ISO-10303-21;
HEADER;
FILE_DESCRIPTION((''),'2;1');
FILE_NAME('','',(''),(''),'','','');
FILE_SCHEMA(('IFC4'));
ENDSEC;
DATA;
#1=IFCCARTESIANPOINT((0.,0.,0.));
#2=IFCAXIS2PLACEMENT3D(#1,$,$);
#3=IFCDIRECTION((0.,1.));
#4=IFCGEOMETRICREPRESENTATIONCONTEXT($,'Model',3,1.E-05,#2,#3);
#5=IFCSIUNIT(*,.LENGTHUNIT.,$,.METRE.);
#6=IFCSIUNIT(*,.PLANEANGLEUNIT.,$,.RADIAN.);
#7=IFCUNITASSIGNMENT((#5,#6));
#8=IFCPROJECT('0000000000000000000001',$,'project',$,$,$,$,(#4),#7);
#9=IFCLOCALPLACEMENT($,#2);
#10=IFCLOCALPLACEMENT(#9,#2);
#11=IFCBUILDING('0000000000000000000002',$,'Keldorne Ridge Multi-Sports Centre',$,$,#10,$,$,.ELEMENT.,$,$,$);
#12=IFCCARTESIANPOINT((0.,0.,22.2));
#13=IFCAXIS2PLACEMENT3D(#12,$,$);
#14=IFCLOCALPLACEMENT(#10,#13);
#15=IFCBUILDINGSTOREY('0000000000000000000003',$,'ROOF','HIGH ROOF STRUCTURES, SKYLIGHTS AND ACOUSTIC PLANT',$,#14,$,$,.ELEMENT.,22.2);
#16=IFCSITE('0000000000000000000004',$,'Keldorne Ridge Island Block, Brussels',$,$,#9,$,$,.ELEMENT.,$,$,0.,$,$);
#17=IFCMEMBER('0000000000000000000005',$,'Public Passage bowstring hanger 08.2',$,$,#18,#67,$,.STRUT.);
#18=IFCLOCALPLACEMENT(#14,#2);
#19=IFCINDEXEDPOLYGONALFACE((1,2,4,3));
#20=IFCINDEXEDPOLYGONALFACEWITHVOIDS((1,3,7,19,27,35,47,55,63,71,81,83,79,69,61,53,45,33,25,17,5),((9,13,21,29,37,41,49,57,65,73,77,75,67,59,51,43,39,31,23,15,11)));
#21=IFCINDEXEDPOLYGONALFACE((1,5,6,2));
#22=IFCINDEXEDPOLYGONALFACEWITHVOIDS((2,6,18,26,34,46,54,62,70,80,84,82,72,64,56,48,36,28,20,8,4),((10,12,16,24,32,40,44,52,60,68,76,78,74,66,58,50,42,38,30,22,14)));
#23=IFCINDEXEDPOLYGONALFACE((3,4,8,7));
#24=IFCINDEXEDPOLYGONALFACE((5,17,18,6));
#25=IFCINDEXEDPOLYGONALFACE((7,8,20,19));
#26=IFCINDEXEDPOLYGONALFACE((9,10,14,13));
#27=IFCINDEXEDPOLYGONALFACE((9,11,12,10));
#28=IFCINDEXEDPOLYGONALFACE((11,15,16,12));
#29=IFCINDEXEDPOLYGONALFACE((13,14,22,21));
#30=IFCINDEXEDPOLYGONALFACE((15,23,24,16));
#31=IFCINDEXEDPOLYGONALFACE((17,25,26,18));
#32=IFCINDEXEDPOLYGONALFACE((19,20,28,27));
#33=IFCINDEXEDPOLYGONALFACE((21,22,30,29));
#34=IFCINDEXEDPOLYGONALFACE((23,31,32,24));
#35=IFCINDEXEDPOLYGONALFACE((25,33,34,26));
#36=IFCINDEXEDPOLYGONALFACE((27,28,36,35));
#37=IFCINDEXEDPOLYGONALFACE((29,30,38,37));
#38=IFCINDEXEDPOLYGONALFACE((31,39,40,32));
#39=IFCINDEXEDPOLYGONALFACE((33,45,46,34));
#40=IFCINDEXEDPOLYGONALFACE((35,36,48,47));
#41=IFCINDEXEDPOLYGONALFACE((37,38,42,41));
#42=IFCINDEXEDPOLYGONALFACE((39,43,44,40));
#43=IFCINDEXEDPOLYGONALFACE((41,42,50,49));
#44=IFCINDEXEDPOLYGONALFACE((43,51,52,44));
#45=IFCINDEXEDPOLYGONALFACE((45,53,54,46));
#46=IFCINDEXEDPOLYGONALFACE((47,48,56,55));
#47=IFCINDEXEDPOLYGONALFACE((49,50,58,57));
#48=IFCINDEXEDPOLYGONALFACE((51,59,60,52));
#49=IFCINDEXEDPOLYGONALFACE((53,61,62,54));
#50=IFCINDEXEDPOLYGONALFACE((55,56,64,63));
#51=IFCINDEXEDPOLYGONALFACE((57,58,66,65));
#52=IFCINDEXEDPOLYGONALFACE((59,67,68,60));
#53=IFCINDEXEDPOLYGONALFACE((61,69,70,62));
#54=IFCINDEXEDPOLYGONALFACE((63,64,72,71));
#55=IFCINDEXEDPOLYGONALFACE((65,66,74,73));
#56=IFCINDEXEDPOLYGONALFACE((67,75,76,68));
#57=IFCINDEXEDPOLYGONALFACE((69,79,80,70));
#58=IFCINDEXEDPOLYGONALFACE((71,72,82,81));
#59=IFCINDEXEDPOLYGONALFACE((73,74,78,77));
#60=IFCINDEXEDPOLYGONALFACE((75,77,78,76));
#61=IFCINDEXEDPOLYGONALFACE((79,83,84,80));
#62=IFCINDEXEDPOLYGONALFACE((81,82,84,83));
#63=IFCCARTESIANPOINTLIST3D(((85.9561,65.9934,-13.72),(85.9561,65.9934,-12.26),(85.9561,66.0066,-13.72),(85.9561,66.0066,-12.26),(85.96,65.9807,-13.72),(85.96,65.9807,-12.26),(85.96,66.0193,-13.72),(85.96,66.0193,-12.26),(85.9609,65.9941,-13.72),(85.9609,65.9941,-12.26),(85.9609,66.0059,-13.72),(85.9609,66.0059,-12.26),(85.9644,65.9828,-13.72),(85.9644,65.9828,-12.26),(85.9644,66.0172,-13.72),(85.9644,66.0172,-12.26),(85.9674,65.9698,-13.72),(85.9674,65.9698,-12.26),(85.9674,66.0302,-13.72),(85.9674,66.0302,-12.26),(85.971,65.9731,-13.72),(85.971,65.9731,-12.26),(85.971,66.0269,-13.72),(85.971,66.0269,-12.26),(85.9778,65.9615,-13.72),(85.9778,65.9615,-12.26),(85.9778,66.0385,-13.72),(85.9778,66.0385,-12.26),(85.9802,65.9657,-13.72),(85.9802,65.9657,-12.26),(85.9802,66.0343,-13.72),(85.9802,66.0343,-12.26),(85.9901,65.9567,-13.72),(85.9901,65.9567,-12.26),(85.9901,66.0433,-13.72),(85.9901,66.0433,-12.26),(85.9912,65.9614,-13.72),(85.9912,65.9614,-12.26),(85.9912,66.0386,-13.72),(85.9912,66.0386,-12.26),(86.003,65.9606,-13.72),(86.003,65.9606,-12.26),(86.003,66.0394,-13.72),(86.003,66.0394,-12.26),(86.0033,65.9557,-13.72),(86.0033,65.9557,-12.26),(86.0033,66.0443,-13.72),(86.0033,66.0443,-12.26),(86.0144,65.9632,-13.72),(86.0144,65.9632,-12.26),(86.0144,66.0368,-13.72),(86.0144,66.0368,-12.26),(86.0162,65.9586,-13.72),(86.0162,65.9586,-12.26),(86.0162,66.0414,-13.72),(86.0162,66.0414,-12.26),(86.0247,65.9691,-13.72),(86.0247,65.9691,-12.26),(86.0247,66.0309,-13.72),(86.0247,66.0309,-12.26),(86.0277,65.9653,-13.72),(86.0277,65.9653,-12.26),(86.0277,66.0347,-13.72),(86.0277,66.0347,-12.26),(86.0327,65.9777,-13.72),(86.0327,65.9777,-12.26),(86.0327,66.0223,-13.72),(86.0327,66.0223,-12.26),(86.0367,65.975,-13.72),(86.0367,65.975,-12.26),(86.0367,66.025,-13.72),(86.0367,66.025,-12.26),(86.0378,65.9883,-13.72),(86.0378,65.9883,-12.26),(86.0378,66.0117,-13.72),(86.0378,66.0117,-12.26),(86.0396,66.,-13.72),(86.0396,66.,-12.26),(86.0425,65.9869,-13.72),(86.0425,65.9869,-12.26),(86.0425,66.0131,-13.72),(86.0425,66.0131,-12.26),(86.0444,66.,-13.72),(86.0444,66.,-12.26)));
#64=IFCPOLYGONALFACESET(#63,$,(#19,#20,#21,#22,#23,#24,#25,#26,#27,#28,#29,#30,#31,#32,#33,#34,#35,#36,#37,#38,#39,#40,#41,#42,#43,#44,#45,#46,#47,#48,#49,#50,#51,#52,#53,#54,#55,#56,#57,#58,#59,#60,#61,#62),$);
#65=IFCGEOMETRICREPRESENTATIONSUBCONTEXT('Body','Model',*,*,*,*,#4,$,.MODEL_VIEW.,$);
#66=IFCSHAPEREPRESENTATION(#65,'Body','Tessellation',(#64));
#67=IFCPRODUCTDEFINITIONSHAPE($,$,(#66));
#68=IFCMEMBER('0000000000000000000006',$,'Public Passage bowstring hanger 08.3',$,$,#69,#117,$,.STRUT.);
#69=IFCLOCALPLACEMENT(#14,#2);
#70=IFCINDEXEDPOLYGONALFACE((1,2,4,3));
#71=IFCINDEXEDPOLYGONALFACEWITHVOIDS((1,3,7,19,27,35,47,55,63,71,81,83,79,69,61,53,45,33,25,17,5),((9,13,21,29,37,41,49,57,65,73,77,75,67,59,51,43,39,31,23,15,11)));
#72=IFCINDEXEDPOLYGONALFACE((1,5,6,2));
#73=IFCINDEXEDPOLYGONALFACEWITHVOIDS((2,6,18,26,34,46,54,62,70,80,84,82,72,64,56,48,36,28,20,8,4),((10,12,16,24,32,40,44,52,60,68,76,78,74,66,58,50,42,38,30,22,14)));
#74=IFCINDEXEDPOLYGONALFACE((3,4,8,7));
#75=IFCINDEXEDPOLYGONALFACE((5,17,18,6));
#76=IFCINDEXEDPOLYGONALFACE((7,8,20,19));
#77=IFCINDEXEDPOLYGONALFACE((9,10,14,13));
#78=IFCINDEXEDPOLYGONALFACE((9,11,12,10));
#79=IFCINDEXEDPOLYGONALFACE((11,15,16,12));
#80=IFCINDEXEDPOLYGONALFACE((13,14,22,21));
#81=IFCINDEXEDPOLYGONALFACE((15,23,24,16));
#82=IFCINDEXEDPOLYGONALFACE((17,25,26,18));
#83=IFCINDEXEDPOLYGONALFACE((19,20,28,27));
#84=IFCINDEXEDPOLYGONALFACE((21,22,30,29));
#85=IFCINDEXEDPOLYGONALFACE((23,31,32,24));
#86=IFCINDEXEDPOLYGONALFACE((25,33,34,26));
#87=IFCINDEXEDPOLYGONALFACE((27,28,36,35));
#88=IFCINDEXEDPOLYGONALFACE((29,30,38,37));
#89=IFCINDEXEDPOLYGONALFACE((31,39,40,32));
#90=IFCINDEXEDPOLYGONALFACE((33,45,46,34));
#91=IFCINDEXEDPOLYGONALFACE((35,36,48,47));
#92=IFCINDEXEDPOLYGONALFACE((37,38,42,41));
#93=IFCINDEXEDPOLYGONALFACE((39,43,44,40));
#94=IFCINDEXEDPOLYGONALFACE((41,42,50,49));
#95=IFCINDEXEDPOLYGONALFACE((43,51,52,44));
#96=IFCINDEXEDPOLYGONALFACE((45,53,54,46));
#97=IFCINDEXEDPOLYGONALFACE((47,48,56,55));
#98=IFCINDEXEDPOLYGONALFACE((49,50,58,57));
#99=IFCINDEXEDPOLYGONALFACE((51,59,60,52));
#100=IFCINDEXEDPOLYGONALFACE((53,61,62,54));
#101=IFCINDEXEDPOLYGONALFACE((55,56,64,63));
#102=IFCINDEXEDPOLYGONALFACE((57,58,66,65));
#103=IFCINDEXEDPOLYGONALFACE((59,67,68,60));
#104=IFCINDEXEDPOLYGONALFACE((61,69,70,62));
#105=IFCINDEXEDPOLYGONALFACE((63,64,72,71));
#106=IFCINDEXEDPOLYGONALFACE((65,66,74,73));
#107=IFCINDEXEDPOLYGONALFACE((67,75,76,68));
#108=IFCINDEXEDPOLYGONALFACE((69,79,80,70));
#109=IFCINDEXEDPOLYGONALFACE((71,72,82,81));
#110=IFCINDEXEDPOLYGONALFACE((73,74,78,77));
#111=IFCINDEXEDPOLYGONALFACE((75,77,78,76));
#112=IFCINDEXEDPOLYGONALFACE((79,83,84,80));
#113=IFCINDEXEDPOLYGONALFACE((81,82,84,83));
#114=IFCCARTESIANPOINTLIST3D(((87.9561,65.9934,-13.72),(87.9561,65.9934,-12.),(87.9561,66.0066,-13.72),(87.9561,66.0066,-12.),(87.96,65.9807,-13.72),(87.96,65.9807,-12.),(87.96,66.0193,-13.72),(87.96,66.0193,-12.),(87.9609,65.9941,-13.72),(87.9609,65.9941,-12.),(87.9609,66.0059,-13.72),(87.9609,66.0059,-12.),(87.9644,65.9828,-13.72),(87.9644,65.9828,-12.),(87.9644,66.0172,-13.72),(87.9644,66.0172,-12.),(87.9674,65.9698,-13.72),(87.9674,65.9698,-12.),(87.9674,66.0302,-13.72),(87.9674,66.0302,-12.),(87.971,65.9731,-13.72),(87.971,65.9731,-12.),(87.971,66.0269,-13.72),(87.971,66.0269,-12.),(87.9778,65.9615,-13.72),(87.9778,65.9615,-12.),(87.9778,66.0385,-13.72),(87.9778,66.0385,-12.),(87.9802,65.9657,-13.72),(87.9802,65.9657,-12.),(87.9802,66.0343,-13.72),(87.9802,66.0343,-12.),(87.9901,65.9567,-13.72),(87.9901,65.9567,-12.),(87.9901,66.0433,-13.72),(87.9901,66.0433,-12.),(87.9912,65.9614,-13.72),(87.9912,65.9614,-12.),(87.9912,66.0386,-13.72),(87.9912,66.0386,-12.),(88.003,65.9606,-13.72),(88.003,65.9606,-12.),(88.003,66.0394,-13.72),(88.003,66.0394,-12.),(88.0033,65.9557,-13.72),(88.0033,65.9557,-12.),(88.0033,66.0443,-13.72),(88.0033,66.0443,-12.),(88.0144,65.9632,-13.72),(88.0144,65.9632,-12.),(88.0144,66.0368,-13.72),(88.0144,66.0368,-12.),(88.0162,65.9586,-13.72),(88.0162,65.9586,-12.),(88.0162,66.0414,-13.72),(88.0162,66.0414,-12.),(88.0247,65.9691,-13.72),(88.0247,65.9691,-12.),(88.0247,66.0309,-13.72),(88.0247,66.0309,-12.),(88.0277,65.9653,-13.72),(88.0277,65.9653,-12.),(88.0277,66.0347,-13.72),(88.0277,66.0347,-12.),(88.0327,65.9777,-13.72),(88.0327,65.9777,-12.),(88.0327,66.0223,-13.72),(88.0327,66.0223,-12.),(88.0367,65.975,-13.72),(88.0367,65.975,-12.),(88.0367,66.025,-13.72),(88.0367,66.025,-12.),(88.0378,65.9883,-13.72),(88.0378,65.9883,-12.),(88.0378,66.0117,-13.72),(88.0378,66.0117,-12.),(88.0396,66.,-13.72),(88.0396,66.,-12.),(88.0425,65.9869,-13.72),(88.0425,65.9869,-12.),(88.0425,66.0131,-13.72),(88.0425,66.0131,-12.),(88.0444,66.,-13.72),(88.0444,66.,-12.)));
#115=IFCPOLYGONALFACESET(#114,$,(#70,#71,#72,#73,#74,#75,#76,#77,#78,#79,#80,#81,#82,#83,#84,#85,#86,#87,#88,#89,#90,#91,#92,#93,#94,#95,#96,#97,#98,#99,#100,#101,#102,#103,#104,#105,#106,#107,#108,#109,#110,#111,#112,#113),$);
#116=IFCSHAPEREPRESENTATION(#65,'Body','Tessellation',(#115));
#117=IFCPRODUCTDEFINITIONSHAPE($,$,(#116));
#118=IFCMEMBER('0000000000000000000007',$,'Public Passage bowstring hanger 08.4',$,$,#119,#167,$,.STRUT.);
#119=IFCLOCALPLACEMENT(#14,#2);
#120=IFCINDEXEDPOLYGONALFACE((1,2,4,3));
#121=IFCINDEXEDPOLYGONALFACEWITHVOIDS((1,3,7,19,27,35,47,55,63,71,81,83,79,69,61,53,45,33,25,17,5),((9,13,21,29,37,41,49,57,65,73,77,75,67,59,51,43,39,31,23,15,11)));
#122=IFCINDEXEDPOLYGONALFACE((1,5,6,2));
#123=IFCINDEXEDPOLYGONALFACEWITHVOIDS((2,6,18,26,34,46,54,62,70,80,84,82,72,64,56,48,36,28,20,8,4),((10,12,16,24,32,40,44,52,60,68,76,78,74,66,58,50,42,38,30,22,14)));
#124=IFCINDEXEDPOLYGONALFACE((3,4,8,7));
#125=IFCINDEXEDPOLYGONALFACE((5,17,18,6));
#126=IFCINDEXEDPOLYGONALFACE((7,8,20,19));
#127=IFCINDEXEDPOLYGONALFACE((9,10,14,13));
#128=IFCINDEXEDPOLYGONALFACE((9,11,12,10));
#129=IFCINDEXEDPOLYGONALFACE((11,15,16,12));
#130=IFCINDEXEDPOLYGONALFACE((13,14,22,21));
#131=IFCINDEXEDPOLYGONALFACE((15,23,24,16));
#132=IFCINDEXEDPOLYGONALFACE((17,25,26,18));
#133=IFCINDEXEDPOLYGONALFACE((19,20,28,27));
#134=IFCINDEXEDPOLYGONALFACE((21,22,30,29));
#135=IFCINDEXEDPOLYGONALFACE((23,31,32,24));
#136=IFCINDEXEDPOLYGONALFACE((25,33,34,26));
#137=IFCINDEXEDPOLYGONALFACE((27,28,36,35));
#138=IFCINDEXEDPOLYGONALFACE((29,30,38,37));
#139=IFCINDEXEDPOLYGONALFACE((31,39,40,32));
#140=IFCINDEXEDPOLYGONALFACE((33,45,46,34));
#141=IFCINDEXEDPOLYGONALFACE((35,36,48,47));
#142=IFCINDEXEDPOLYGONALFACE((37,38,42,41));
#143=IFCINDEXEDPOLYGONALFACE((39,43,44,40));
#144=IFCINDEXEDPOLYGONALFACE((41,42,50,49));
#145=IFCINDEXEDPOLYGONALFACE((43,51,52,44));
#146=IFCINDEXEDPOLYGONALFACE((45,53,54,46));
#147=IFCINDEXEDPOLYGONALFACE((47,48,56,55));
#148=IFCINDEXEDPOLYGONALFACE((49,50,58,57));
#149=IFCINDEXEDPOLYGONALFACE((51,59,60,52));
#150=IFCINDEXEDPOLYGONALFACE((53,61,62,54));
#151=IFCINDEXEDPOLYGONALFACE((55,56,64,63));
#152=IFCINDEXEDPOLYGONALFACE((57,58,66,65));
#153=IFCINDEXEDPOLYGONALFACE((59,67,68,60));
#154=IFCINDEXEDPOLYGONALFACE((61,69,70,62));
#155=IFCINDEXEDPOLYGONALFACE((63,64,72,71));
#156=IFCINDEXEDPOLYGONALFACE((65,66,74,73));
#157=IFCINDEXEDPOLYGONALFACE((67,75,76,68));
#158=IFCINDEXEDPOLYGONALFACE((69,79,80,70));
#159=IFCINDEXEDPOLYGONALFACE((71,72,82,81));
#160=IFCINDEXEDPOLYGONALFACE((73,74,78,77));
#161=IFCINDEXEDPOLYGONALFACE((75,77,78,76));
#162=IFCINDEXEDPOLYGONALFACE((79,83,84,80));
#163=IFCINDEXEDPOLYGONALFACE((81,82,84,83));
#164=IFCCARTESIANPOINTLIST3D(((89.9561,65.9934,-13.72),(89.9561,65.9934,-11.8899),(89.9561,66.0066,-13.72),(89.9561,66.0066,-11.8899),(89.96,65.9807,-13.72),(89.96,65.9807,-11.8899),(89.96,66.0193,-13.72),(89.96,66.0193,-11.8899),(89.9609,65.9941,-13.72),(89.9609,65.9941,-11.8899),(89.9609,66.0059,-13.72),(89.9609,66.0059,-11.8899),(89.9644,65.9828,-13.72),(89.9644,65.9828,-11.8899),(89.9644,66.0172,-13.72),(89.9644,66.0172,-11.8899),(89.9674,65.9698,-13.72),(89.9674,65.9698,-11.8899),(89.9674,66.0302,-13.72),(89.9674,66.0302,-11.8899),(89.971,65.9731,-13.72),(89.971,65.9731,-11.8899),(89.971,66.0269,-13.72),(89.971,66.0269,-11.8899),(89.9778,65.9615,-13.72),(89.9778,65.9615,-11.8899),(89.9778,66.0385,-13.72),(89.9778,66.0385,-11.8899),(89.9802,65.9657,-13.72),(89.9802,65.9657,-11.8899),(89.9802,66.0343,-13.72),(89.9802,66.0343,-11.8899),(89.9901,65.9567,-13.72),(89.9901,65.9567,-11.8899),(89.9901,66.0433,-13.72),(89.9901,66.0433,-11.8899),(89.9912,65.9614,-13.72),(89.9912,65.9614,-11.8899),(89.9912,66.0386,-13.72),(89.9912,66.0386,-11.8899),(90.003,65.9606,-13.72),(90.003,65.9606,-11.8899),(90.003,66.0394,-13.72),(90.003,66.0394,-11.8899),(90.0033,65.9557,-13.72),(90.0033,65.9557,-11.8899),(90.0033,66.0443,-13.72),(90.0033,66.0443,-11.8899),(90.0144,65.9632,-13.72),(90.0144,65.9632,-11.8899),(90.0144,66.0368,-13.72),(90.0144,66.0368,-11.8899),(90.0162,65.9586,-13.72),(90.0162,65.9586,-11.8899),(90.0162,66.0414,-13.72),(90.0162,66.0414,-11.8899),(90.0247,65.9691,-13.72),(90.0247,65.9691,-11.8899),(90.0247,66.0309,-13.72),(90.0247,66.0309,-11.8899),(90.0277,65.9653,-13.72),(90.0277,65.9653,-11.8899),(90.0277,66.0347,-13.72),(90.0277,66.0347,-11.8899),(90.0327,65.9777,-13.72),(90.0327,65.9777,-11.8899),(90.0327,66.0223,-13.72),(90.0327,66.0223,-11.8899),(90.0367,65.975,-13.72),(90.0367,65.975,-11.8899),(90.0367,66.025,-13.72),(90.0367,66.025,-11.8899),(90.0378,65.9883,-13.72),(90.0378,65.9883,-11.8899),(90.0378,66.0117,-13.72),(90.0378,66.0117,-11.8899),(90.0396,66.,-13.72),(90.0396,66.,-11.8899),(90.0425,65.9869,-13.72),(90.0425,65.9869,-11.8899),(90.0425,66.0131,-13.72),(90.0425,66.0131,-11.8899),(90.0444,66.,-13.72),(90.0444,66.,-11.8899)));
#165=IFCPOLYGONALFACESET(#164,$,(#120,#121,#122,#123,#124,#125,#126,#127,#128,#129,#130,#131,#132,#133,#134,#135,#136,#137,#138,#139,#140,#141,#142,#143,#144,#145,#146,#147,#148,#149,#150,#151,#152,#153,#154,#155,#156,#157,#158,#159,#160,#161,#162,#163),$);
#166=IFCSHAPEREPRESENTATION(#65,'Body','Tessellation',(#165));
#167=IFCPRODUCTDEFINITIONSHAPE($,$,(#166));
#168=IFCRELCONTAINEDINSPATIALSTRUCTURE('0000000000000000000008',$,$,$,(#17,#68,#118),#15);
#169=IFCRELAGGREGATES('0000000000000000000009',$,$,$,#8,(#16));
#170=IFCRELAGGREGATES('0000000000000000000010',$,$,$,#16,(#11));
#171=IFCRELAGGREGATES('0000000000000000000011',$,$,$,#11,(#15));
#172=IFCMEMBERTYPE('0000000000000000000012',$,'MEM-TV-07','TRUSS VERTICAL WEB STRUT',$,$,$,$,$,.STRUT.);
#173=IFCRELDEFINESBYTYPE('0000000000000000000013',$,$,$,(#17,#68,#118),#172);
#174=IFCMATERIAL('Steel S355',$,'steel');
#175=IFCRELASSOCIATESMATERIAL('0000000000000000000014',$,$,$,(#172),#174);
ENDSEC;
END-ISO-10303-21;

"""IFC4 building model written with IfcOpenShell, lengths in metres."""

from ifc_helpers import new_model, si_unit, direction, frame, origin, origin_2d, place, context, subcontext, project, spatial, hollow_circle, extrude, material, material_profile, profile_set, type_object, element, save


model = new_model("IFC4")

# Units and contexts
model_context = context("Model", 3, precision=1e-05, world=origin(), true_north=direction((0.0, 1.0)))
body_context = subcontext(model_context, "Body", "Model", "MODEL_VIEW")
ifc_project = project(units=[si_unit("LENGTHUNIT", "METRE"), si_unit("PLANEANGLEUNIT", "RADIAN")], contexts=[model_context])

# Site, building, storey
site_placement = place(None, origin())
site = spatial("IfcSite", under=ifc_project, at=site_placement, Name="Keldorne Ridge Island Block, Brussels", CompositionType="ELEMENT", RefElevation=0.0)
building_placement = place(site_placement, origin())
building = spatial("IfcBuilding", under=site, at=building_placement, Name="Keldorne Ridge Multi-Sports Centre", CompositionType="ELEMENT")
storey_placement = place(building_placement, frame((0.0, 0.0, 22.2)))
storey = spatial("IfcBuildingStorey", under=building, at=storey_placement, Name="ROOF", Description="HIGH ROOF STRUCTURES, SKYLIGHTS AND ACOUSTIC PLANT", CompositionType="ELEMENT", Elevation=22.2)

# Members
ifc_material = material(Name="Steel S355", Category="steel")
ifc_material_profile_1 = material_profile(ifc_material, hollow_circle(Radius=0.0444, WallThickness=0.0049, at=origin_2d()), Name="CHS 88.9x5")
ifc_profile_set_1 = profile_set([ifc_material_profile_1], Name="Steel S355")
member_type_1 = type_object("IfcMemberType", Name="MEM-TV-07", Description="TRUSS VERTICAL WEB STRUT", PredefinedType="STRUT", material=ifc_profile_set_1)
member_1_placement = place(storey_placement, frame((86.0, 66.0, -13.72), z_axis=(0.0, 0.0, 1.0), x_axis=(1.0, 0.0, 0.0)))
element("IfcMember", 1, at=member_1_placement, inside=storey, type_object=member_type_1, Name="Public Passage bowstring hanger 08.2", PredefinedType="STRUT", context=body_context, shape_type="SweptSolid", body=[
    extrude(hollow_circle(Radius=0.0444, WallThickness=0.0049, at=origin_2d()), origin(), (0.0, 0.0, 1.0), 1.46),
])
member_2_placement = place(storey_placement, frame((88.0, 66.0, -13.72), z_axis=(0.0, 0.0, 1.0), x_axis=(1.0, 0.0, 0.0)))
element("IfcMember", 2, at=member_2_placement, inside=storey, type_object=member_type_1, Name="Public Passage bowstring hanger 08.3", PredefinedType="STRUT", context=body_context, shape_type="SweptSolid", body=[
    extrude(hollow_circle(Radius=0.0444, WallThickness=0.0049, at=origin_2d()), origin(), (0.0, 0.0, 1.0), 1.72),
])
member_3_placement = place(storey_placement, frame((90.0, 66.0, -13.72), z_axis=(0.0, 0.0, 1.0), x_axis=(1.0, 0.0, 0.0)))
element("IfcMember", 3, at=member_3_placement, inside=storey, type_object=member_type_1, Name="Public Passage bowstring hanger 08.4", PredefinedType="STRUT", context=body_context, shape_type="SweptSolid", body=[
    extrude(hollow_circle(Radius=0.0444, WallThickness=0.0049, at=origin_2d()), origin(), (0.0, 0.0, 1.0), 1.8301),
])

save(model, "model.ifc")
